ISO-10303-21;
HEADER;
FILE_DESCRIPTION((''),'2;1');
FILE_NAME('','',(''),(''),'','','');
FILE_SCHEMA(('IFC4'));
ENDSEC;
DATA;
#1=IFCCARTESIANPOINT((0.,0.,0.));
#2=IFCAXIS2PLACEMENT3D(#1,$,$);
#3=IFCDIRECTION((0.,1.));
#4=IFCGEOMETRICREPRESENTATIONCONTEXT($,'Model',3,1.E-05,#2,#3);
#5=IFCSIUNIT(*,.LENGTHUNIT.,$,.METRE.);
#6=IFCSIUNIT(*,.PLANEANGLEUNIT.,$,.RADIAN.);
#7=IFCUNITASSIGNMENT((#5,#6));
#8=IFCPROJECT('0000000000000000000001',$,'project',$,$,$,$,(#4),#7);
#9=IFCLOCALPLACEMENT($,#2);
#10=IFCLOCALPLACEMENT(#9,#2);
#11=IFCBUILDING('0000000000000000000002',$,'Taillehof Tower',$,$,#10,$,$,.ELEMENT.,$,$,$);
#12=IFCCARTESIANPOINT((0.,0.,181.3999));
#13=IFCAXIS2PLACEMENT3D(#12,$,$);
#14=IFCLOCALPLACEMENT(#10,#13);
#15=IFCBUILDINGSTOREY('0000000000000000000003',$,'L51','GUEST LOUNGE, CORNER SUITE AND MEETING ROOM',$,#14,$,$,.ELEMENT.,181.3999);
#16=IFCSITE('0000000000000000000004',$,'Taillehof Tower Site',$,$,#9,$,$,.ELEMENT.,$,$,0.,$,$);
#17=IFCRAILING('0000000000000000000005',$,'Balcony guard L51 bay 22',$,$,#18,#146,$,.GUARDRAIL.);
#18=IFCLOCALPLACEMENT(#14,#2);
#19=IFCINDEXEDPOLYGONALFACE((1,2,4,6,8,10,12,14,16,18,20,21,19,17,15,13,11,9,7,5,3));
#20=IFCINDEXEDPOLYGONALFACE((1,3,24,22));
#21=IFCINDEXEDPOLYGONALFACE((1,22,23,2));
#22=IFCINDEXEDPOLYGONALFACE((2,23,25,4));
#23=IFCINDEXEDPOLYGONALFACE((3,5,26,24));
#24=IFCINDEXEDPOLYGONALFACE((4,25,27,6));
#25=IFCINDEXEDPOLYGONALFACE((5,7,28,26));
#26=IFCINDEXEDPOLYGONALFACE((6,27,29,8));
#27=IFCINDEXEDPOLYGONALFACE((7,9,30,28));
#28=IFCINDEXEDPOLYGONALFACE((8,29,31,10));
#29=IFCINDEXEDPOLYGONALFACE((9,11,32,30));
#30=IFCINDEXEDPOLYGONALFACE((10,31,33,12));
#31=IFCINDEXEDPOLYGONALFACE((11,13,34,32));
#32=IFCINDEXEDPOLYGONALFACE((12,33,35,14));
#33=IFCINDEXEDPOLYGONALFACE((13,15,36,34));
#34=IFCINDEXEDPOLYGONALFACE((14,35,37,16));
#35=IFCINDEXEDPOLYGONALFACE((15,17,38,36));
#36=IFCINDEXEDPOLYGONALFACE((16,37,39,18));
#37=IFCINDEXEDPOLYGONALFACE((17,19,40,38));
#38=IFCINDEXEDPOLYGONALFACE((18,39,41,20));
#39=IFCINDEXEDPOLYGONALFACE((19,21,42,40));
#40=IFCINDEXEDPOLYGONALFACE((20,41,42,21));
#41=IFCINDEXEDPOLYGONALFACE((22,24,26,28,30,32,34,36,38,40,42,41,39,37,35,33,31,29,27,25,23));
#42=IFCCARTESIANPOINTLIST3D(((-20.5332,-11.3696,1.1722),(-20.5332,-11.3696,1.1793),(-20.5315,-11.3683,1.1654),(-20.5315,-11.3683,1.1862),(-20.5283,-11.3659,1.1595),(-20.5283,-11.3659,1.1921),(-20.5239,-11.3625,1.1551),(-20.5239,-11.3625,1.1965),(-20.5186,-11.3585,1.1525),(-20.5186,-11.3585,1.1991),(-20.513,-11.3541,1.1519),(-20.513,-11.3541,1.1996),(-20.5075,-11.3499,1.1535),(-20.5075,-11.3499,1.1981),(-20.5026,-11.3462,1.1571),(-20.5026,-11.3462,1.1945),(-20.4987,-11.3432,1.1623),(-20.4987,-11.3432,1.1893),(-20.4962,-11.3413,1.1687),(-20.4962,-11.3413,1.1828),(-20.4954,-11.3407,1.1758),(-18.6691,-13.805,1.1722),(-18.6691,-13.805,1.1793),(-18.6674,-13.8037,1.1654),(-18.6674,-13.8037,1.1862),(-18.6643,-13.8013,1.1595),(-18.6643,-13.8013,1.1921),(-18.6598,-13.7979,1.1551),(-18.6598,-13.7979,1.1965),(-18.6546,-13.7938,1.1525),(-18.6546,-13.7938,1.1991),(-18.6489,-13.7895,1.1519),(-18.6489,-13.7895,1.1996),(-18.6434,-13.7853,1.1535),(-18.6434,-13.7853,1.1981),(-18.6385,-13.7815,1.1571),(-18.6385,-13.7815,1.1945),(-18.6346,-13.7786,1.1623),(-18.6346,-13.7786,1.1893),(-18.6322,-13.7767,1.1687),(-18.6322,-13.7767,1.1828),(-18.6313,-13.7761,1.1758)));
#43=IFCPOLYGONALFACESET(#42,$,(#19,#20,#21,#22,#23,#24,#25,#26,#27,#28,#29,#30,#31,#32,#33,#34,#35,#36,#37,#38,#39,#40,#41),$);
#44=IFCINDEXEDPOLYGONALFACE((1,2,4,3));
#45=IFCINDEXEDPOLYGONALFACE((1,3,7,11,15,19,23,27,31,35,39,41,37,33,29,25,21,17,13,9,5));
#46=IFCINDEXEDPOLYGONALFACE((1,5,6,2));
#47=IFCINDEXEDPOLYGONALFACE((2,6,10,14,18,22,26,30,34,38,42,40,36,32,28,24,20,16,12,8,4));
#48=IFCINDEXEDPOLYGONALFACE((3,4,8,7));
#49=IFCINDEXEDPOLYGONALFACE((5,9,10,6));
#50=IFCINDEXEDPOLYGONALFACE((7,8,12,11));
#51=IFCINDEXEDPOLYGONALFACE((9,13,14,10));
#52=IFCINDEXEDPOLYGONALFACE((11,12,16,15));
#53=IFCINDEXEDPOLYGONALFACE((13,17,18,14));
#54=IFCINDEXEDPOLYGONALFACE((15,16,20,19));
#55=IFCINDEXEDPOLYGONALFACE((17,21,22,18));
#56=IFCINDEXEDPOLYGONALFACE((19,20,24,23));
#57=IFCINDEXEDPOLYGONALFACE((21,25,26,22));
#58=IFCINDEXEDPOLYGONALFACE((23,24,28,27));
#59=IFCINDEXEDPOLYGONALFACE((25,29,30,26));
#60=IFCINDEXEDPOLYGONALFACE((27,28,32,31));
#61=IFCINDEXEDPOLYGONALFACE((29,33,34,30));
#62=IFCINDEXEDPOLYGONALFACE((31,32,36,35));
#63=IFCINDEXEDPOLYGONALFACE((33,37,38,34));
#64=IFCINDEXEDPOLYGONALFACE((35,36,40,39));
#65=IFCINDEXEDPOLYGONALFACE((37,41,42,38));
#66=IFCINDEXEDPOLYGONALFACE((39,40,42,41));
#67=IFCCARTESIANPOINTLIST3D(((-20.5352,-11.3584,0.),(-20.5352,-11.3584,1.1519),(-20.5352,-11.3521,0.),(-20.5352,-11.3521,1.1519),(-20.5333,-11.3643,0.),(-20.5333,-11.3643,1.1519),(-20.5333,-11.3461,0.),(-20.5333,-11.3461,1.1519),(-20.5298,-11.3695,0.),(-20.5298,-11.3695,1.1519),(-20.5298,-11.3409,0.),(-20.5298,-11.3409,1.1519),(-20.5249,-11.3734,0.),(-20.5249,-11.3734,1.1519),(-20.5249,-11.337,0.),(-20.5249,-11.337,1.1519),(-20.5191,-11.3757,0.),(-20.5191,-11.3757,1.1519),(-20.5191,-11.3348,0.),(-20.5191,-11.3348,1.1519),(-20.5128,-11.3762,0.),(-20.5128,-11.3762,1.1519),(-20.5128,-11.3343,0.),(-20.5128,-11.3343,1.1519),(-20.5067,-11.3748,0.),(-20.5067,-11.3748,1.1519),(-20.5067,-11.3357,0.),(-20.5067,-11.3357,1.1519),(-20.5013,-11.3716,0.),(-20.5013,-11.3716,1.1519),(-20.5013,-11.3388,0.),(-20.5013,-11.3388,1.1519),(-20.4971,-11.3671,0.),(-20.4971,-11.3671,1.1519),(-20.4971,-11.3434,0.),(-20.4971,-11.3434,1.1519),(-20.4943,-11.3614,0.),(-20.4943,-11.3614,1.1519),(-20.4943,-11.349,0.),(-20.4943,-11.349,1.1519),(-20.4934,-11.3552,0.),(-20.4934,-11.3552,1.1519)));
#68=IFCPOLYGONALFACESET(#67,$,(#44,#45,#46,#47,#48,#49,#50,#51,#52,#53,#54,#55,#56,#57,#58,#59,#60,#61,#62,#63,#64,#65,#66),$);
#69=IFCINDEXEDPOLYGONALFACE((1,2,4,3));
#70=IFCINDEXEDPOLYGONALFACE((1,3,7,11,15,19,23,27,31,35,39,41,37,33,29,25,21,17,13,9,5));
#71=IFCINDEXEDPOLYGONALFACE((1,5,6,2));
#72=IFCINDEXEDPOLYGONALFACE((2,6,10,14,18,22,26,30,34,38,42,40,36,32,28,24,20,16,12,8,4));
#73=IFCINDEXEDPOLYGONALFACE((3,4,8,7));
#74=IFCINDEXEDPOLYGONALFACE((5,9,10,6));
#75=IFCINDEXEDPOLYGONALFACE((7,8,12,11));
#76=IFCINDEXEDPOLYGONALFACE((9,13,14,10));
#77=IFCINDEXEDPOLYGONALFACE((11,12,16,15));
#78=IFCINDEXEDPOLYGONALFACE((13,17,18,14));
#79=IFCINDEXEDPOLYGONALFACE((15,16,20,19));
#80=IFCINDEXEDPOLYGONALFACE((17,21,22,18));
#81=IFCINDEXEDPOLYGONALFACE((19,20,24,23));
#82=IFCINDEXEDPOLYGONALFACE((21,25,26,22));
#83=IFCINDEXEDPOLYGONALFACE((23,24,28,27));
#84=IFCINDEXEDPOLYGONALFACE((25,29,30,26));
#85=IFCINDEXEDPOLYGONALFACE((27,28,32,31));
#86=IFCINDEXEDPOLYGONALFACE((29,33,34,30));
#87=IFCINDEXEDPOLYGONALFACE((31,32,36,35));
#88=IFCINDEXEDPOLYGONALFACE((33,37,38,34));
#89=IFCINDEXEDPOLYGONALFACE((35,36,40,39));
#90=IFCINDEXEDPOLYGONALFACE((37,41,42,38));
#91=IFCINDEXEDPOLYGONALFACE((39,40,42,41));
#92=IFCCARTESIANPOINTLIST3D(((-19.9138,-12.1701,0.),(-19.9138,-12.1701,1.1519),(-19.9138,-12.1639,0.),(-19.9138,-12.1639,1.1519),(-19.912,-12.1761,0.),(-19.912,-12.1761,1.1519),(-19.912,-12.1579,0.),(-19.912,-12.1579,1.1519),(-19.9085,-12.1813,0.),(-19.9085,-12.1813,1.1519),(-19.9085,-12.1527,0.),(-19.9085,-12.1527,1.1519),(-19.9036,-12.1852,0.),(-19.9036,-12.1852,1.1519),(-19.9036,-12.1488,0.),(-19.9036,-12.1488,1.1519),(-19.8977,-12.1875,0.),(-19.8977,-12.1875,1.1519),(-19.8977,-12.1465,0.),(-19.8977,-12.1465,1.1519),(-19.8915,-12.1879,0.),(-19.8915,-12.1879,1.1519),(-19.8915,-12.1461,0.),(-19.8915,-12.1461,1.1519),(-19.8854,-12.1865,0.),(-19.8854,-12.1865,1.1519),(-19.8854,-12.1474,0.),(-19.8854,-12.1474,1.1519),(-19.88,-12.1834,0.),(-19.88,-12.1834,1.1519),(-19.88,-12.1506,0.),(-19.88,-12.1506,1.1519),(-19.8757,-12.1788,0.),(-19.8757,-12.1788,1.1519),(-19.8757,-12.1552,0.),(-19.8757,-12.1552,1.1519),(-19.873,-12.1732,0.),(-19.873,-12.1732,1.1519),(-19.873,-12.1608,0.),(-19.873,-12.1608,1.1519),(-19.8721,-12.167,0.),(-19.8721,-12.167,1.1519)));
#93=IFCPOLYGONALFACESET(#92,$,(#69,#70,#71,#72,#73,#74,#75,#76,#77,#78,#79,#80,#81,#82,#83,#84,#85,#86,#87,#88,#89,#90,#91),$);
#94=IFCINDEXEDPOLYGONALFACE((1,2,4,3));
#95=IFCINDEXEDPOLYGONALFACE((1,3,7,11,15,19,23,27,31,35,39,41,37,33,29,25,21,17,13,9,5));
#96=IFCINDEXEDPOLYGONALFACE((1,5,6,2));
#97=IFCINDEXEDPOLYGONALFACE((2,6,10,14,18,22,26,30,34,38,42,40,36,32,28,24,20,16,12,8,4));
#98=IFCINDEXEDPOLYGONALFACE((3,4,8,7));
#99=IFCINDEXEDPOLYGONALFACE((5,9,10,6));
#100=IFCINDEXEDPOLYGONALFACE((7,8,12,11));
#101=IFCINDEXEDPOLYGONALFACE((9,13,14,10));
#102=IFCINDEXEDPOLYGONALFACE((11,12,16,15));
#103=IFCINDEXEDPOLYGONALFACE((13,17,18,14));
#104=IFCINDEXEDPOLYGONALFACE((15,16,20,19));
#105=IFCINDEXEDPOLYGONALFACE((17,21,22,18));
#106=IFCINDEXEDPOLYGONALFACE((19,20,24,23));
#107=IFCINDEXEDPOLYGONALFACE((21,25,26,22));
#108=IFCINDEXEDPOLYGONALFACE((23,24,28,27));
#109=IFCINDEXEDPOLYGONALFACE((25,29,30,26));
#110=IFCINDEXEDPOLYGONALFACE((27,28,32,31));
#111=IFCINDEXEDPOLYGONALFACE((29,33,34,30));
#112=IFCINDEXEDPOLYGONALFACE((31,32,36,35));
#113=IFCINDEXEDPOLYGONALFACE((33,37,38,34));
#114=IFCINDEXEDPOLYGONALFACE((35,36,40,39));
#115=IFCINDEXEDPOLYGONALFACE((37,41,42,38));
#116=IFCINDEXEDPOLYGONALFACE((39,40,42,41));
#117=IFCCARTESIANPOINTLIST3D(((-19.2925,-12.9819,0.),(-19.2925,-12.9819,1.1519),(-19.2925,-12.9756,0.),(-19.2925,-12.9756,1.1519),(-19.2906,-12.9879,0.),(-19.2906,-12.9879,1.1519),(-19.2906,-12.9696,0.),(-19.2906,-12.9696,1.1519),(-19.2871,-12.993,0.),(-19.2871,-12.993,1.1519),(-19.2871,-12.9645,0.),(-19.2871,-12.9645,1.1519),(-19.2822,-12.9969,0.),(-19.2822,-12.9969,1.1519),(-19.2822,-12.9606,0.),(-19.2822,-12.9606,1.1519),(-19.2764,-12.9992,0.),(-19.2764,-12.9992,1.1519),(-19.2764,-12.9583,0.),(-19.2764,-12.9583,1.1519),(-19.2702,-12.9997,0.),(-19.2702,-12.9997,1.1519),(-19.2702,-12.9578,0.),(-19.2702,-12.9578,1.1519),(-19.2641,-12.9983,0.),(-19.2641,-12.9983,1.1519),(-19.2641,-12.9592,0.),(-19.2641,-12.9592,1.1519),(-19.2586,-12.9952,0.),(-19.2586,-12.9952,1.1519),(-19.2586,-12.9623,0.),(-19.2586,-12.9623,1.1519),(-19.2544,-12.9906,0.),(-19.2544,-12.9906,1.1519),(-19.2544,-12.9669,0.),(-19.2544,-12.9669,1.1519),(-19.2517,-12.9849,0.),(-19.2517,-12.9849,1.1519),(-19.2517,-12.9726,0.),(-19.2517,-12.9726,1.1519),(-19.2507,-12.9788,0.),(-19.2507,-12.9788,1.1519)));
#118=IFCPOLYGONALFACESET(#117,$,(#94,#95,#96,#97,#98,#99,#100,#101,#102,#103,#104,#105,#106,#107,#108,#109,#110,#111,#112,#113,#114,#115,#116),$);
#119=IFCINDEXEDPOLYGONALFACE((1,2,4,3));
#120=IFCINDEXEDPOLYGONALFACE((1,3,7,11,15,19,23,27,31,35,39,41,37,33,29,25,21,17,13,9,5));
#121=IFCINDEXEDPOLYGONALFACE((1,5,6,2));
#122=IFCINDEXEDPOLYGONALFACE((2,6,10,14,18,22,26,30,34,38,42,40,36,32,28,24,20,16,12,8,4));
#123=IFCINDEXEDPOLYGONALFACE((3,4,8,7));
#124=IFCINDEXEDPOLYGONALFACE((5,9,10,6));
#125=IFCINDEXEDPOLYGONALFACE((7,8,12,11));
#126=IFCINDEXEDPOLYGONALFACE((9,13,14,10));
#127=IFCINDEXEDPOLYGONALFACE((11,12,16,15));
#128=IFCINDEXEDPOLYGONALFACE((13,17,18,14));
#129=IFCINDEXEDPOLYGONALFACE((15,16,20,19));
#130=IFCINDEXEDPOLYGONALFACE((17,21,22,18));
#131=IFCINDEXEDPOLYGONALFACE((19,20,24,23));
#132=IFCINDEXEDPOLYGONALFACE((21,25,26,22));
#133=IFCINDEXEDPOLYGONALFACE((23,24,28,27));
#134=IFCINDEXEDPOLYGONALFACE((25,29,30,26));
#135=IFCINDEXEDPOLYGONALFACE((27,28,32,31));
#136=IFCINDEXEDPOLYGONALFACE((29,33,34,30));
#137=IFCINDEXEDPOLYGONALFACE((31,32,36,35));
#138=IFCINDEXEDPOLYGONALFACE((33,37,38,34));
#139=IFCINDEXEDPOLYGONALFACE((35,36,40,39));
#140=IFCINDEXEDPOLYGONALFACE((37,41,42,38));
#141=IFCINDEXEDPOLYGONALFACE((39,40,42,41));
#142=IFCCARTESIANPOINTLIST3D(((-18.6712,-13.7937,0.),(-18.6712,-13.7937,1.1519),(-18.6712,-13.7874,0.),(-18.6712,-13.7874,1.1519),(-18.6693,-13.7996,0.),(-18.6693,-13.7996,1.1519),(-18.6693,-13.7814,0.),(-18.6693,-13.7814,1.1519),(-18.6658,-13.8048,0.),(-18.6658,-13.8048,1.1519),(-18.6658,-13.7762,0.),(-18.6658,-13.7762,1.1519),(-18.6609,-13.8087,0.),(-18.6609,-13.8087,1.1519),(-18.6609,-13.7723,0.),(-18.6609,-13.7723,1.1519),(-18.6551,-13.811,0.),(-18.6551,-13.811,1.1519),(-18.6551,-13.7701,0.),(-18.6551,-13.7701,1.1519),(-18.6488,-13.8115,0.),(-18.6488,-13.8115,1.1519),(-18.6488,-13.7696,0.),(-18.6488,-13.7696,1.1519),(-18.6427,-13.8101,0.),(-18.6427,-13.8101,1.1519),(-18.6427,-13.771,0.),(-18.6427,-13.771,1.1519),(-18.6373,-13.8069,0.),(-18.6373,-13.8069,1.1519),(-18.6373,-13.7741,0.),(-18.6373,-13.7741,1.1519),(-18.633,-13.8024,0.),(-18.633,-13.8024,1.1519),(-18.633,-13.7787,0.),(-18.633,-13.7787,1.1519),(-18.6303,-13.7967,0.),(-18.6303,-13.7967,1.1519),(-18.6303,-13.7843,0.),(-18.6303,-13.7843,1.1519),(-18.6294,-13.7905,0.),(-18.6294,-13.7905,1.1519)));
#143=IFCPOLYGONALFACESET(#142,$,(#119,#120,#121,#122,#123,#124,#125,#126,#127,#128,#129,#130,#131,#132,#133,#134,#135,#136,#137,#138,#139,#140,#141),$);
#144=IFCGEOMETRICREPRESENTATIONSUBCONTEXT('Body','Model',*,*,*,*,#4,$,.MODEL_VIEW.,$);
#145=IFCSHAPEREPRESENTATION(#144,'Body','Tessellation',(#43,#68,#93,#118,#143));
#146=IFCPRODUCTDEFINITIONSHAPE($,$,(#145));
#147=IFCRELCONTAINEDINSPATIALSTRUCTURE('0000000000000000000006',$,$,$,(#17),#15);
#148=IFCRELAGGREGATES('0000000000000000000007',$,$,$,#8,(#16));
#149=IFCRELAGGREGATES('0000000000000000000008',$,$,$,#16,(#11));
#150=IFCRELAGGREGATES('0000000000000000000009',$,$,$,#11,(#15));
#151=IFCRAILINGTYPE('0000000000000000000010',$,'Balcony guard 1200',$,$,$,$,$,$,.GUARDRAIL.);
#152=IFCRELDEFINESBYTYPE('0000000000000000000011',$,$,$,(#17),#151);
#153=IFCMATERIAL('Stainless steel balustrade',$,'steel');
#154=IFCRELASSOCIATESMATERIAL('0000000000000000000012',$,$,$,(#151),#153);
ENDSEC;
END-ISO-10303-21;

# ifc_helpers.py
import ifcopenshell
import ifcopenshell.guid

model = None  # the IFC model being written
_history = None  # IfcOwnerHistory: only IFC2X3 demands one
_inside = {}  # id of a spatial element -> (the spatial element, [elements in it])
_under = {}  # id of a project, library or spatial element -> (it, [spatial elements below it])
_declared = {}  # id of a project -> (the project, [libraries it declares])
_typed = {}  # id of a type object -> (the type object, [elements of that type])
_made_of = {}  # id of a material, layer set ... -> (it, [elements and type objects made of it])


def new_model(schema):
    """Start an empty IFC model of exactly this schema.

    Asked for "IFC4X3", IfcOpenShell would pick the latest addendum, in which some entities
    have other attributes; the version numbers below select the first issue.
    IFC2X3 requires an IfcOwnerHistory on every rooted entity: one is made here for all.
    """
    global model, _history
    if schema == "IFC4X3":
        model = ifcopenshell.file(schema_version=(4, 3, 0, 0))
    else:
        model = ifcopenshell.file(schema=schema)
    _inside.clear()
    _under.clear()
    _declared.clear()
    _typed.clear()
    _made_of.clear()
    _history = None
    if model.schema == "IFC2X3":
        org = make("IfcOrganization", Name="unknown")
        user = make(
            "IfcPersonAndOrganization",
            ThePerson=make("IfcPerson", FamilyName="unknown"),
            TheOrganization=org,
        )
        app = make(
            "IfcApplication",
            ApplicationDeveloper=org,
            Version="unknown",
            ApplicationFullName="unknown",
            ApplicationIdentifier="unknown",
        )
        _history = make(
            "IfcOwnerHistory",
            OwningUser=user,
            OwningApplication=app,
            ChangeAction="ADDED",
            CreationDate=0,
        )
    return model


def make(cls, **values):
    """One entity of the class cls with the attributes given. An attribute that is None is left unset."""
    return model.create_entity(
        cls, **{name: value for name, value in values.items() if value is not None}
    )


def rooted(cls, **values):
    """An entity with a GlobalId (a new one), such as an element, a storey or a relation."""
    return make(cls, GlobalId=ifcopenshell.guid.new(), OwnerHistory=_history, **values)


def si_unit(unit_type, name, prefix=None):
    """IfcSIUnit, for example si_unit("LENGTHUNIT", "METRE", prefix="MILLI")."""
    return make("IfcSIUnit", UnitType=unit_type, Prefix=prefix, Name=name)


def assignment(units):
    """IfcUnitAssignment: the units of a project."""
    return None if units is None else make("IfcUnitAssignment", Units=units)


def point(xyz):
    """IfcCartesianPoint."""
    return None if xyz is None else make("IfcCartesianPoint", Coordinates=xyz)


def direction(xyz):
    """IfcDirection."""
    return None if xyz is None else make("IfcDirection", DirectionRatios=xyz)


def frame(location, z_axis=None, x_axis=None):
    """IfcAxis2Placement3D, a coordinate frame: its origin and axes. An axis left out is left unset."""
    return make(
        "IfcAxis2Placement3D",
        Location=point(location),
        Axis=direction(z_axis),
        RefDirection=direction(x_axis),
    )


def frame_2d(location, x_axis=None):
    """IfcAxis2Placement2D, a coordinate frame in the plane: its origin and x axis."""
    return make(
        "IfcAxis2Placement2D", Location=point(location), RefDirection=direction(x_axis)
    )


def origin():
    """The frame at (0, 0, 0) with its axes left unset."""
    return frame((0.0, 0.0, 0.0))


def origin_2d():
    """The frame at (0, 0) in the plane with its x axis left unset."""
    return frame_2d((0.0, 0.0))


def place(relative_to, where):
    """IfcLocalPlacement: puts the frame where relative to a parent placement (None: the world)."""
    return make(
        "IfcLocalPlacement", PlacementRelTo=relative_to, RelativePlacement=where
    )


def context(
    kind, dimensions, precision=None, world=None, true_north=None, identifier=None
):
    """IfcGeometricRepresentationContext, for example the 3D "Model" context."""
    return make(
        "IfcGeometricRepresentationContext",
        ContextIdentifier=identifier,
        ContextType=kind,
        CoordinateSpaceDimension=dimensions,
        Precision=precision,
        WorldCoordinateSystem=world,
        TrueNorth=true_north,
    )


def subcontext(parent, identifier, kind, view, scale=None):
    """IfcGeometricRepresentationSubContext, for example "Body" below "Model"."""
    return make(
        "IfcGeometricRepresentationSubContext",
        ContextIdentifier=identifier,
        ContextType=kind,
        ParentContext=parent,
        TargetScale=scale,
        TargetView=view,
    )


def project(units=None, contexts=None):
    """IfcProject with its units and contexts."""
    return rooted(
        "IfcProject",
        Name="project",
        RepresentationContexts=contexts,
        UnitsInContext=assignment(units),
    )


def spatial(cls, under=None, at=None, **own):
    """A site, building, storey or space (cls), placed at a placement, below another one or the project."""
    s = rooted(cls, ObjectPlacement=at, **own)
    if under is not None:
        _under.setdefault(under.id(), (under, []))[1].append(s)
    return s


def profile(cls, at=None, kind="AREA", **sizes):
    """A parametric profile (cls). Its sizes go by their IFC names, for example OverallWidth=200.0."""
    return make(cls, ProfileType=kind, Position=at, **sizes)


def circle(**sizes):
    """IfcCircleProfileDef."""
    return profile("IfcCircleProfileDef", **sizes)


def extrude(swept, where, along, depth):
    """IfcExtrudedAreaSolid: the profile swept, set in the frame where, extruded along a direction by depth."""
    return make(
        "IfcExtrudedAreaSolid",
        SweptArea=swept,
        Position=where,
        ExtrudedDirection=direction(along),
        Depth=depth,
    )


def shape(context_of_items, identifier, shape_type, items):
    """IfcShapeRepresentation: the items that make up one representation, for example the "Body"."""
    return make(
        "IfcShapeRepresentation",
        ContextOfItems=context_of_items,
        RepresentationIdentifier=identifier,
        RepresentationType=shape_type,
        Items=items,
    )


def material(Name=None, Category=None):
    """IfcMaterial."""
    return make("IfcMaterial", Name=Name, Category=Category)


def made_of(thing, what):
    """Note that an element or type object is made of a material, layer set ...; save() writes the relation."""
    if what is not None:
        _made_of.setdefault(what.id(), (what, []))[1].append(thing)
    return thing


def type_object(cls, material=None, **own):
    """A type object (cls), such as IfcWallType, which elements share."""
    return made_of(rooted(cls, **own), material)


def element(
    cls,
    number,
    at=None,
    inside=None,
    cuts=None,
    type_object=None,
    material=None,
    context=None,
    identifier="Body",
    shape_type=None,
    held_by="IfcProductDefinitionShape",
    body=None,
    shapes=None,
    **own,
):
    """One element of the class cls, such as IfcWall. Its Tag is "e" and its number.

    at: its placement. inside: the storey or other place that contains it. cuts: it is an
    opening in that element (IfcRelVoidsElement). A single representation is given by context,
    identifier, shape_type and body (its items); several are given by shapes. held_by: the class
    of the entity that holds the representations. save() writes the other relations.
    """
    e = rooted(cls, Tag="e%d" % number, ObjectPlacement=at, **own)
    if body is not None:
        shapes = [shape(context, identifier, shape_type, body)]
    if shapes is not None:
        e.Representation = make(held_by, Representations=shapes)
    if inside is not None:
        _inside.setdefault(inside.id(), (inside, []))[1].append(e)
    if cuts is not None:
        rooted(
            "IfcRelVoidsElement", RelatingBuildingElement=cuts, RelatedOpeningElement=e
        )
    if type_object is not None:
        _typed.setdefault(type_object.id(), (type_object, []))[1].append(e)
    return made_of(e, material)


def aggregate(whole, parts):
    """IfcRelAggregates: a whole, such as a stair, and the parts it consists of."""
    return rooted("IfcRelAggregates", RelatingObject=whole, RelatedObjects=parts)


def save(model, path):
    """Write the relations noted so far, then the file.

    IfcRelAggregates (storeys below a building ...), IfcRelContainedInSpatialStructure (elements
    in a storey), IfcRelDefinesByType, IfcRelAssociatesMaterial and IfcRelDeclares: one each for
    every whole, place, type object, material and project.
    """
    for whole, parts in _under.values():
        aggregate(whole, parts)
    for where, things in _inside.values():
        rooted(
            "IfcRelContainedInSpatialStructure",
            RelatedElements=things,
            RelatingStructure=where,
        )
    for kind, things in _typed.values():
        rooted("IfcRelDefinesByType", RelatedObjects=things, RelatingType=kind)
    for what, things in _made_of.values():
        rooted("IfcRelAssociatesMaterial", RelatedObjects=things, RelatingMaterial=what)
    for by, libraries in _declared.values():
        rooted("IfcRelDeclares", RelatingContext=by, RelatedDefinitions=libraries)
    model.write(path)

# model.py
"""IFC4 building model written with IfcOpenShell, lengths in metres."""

from ifc_helpers import new_model, si_unit, direction, frame, origin, origin_2d, place, context, subcontext, project, spatial, circle, extrude, material, type_object, element, save


model = new_model("IFC4")

# Units and contexts
model_context = context("Model", 3, precision=1e-05, world=origin(), true_north=direction((0.0, 1.0)))
body_context = subcontext(model_context, "Body", "Model", "MODEL_VIEW")
ifc_project = project(units=[si_unit("LENGTHUNIT", "METRE"), si_unit("PLANEANGLEUNIT", "RADIAN")], contexts=[model_context])

# Site, building, storey
site_placement = place(None, origin())
site = spatial("IfcSite", under=ifc_project, at=site_placement, Name="Taillehof Tower Site", CompositionType="ELEMENT", RefElevation=0.0)
building_placement = place(site_placement, origin())
building = spatial("IfcBuilding", under=site, at=building_placement, Name="Taillehof Tower", CompositionType="ELEMENT")
storey_placement = place(building_placement, frame((0.0, 0.0, 181.3999)))
storey = spatial("IfcBuildingStorey", under=building, at=storey_placement, Name="L51", Description="GUEST LOUNGE, CORNER SUITE AND MEETING ROOM", CompositionType="ELEMENT", Elevation=181.3999)

# Railing
ifc_material_1 = material(Name="Stainless steel balustrade", Category="steel")
railing_type = type_object("IfcRailingType", Name="Balcony guard 1200", PredefinedType="GUARDRAIL", material=ifc_material_1)
railing_1_placement = place(storey_placement, frame((-20.5144, -11.3552, 0.0)))
element("IfcRailing", 1, at=railing_1_placement, inside=storey, type_object=railing_type, Name="Balcony guard L51 bay 22", PredefinedType="GUARDRAIL", context=body_context, shape_type="SweptSolid", body=[
    extrude(circle(Radius=0.0239, at=origin_2d()), frame((0.0, 0.0, 1.1758), z_axis=(0.607805, -0.794087, 0.0), x_axis=(0.794087, 0.607805, 0.0)), (0.0, 0.0, 1.0), 3.0669),
    extrude(circle(Radius=0.021, at=origin_2d()), origin(), (0.0, 0.0, 1.0), 1.1519),
    extrude(circle(Radius=0.021, at=origin_2d()), frame((0.6213, -0.8118, 0.0)), (0.0, 0.0, 1.0), 1.1519),
    extrude(circle(Radius=0.021, at=origin_2d()), frame((1.2427, -1.6235, 0.0)), (0.0, 0.0, 1.0), 1.1519),
    extrude(circle(Radius=0.021, at=origin_2d()), frame((1.864, -2.4353, 0.0)), (0.0, 0.0, 1.0), 1.1519),
])

save(model, "model.ifc")
